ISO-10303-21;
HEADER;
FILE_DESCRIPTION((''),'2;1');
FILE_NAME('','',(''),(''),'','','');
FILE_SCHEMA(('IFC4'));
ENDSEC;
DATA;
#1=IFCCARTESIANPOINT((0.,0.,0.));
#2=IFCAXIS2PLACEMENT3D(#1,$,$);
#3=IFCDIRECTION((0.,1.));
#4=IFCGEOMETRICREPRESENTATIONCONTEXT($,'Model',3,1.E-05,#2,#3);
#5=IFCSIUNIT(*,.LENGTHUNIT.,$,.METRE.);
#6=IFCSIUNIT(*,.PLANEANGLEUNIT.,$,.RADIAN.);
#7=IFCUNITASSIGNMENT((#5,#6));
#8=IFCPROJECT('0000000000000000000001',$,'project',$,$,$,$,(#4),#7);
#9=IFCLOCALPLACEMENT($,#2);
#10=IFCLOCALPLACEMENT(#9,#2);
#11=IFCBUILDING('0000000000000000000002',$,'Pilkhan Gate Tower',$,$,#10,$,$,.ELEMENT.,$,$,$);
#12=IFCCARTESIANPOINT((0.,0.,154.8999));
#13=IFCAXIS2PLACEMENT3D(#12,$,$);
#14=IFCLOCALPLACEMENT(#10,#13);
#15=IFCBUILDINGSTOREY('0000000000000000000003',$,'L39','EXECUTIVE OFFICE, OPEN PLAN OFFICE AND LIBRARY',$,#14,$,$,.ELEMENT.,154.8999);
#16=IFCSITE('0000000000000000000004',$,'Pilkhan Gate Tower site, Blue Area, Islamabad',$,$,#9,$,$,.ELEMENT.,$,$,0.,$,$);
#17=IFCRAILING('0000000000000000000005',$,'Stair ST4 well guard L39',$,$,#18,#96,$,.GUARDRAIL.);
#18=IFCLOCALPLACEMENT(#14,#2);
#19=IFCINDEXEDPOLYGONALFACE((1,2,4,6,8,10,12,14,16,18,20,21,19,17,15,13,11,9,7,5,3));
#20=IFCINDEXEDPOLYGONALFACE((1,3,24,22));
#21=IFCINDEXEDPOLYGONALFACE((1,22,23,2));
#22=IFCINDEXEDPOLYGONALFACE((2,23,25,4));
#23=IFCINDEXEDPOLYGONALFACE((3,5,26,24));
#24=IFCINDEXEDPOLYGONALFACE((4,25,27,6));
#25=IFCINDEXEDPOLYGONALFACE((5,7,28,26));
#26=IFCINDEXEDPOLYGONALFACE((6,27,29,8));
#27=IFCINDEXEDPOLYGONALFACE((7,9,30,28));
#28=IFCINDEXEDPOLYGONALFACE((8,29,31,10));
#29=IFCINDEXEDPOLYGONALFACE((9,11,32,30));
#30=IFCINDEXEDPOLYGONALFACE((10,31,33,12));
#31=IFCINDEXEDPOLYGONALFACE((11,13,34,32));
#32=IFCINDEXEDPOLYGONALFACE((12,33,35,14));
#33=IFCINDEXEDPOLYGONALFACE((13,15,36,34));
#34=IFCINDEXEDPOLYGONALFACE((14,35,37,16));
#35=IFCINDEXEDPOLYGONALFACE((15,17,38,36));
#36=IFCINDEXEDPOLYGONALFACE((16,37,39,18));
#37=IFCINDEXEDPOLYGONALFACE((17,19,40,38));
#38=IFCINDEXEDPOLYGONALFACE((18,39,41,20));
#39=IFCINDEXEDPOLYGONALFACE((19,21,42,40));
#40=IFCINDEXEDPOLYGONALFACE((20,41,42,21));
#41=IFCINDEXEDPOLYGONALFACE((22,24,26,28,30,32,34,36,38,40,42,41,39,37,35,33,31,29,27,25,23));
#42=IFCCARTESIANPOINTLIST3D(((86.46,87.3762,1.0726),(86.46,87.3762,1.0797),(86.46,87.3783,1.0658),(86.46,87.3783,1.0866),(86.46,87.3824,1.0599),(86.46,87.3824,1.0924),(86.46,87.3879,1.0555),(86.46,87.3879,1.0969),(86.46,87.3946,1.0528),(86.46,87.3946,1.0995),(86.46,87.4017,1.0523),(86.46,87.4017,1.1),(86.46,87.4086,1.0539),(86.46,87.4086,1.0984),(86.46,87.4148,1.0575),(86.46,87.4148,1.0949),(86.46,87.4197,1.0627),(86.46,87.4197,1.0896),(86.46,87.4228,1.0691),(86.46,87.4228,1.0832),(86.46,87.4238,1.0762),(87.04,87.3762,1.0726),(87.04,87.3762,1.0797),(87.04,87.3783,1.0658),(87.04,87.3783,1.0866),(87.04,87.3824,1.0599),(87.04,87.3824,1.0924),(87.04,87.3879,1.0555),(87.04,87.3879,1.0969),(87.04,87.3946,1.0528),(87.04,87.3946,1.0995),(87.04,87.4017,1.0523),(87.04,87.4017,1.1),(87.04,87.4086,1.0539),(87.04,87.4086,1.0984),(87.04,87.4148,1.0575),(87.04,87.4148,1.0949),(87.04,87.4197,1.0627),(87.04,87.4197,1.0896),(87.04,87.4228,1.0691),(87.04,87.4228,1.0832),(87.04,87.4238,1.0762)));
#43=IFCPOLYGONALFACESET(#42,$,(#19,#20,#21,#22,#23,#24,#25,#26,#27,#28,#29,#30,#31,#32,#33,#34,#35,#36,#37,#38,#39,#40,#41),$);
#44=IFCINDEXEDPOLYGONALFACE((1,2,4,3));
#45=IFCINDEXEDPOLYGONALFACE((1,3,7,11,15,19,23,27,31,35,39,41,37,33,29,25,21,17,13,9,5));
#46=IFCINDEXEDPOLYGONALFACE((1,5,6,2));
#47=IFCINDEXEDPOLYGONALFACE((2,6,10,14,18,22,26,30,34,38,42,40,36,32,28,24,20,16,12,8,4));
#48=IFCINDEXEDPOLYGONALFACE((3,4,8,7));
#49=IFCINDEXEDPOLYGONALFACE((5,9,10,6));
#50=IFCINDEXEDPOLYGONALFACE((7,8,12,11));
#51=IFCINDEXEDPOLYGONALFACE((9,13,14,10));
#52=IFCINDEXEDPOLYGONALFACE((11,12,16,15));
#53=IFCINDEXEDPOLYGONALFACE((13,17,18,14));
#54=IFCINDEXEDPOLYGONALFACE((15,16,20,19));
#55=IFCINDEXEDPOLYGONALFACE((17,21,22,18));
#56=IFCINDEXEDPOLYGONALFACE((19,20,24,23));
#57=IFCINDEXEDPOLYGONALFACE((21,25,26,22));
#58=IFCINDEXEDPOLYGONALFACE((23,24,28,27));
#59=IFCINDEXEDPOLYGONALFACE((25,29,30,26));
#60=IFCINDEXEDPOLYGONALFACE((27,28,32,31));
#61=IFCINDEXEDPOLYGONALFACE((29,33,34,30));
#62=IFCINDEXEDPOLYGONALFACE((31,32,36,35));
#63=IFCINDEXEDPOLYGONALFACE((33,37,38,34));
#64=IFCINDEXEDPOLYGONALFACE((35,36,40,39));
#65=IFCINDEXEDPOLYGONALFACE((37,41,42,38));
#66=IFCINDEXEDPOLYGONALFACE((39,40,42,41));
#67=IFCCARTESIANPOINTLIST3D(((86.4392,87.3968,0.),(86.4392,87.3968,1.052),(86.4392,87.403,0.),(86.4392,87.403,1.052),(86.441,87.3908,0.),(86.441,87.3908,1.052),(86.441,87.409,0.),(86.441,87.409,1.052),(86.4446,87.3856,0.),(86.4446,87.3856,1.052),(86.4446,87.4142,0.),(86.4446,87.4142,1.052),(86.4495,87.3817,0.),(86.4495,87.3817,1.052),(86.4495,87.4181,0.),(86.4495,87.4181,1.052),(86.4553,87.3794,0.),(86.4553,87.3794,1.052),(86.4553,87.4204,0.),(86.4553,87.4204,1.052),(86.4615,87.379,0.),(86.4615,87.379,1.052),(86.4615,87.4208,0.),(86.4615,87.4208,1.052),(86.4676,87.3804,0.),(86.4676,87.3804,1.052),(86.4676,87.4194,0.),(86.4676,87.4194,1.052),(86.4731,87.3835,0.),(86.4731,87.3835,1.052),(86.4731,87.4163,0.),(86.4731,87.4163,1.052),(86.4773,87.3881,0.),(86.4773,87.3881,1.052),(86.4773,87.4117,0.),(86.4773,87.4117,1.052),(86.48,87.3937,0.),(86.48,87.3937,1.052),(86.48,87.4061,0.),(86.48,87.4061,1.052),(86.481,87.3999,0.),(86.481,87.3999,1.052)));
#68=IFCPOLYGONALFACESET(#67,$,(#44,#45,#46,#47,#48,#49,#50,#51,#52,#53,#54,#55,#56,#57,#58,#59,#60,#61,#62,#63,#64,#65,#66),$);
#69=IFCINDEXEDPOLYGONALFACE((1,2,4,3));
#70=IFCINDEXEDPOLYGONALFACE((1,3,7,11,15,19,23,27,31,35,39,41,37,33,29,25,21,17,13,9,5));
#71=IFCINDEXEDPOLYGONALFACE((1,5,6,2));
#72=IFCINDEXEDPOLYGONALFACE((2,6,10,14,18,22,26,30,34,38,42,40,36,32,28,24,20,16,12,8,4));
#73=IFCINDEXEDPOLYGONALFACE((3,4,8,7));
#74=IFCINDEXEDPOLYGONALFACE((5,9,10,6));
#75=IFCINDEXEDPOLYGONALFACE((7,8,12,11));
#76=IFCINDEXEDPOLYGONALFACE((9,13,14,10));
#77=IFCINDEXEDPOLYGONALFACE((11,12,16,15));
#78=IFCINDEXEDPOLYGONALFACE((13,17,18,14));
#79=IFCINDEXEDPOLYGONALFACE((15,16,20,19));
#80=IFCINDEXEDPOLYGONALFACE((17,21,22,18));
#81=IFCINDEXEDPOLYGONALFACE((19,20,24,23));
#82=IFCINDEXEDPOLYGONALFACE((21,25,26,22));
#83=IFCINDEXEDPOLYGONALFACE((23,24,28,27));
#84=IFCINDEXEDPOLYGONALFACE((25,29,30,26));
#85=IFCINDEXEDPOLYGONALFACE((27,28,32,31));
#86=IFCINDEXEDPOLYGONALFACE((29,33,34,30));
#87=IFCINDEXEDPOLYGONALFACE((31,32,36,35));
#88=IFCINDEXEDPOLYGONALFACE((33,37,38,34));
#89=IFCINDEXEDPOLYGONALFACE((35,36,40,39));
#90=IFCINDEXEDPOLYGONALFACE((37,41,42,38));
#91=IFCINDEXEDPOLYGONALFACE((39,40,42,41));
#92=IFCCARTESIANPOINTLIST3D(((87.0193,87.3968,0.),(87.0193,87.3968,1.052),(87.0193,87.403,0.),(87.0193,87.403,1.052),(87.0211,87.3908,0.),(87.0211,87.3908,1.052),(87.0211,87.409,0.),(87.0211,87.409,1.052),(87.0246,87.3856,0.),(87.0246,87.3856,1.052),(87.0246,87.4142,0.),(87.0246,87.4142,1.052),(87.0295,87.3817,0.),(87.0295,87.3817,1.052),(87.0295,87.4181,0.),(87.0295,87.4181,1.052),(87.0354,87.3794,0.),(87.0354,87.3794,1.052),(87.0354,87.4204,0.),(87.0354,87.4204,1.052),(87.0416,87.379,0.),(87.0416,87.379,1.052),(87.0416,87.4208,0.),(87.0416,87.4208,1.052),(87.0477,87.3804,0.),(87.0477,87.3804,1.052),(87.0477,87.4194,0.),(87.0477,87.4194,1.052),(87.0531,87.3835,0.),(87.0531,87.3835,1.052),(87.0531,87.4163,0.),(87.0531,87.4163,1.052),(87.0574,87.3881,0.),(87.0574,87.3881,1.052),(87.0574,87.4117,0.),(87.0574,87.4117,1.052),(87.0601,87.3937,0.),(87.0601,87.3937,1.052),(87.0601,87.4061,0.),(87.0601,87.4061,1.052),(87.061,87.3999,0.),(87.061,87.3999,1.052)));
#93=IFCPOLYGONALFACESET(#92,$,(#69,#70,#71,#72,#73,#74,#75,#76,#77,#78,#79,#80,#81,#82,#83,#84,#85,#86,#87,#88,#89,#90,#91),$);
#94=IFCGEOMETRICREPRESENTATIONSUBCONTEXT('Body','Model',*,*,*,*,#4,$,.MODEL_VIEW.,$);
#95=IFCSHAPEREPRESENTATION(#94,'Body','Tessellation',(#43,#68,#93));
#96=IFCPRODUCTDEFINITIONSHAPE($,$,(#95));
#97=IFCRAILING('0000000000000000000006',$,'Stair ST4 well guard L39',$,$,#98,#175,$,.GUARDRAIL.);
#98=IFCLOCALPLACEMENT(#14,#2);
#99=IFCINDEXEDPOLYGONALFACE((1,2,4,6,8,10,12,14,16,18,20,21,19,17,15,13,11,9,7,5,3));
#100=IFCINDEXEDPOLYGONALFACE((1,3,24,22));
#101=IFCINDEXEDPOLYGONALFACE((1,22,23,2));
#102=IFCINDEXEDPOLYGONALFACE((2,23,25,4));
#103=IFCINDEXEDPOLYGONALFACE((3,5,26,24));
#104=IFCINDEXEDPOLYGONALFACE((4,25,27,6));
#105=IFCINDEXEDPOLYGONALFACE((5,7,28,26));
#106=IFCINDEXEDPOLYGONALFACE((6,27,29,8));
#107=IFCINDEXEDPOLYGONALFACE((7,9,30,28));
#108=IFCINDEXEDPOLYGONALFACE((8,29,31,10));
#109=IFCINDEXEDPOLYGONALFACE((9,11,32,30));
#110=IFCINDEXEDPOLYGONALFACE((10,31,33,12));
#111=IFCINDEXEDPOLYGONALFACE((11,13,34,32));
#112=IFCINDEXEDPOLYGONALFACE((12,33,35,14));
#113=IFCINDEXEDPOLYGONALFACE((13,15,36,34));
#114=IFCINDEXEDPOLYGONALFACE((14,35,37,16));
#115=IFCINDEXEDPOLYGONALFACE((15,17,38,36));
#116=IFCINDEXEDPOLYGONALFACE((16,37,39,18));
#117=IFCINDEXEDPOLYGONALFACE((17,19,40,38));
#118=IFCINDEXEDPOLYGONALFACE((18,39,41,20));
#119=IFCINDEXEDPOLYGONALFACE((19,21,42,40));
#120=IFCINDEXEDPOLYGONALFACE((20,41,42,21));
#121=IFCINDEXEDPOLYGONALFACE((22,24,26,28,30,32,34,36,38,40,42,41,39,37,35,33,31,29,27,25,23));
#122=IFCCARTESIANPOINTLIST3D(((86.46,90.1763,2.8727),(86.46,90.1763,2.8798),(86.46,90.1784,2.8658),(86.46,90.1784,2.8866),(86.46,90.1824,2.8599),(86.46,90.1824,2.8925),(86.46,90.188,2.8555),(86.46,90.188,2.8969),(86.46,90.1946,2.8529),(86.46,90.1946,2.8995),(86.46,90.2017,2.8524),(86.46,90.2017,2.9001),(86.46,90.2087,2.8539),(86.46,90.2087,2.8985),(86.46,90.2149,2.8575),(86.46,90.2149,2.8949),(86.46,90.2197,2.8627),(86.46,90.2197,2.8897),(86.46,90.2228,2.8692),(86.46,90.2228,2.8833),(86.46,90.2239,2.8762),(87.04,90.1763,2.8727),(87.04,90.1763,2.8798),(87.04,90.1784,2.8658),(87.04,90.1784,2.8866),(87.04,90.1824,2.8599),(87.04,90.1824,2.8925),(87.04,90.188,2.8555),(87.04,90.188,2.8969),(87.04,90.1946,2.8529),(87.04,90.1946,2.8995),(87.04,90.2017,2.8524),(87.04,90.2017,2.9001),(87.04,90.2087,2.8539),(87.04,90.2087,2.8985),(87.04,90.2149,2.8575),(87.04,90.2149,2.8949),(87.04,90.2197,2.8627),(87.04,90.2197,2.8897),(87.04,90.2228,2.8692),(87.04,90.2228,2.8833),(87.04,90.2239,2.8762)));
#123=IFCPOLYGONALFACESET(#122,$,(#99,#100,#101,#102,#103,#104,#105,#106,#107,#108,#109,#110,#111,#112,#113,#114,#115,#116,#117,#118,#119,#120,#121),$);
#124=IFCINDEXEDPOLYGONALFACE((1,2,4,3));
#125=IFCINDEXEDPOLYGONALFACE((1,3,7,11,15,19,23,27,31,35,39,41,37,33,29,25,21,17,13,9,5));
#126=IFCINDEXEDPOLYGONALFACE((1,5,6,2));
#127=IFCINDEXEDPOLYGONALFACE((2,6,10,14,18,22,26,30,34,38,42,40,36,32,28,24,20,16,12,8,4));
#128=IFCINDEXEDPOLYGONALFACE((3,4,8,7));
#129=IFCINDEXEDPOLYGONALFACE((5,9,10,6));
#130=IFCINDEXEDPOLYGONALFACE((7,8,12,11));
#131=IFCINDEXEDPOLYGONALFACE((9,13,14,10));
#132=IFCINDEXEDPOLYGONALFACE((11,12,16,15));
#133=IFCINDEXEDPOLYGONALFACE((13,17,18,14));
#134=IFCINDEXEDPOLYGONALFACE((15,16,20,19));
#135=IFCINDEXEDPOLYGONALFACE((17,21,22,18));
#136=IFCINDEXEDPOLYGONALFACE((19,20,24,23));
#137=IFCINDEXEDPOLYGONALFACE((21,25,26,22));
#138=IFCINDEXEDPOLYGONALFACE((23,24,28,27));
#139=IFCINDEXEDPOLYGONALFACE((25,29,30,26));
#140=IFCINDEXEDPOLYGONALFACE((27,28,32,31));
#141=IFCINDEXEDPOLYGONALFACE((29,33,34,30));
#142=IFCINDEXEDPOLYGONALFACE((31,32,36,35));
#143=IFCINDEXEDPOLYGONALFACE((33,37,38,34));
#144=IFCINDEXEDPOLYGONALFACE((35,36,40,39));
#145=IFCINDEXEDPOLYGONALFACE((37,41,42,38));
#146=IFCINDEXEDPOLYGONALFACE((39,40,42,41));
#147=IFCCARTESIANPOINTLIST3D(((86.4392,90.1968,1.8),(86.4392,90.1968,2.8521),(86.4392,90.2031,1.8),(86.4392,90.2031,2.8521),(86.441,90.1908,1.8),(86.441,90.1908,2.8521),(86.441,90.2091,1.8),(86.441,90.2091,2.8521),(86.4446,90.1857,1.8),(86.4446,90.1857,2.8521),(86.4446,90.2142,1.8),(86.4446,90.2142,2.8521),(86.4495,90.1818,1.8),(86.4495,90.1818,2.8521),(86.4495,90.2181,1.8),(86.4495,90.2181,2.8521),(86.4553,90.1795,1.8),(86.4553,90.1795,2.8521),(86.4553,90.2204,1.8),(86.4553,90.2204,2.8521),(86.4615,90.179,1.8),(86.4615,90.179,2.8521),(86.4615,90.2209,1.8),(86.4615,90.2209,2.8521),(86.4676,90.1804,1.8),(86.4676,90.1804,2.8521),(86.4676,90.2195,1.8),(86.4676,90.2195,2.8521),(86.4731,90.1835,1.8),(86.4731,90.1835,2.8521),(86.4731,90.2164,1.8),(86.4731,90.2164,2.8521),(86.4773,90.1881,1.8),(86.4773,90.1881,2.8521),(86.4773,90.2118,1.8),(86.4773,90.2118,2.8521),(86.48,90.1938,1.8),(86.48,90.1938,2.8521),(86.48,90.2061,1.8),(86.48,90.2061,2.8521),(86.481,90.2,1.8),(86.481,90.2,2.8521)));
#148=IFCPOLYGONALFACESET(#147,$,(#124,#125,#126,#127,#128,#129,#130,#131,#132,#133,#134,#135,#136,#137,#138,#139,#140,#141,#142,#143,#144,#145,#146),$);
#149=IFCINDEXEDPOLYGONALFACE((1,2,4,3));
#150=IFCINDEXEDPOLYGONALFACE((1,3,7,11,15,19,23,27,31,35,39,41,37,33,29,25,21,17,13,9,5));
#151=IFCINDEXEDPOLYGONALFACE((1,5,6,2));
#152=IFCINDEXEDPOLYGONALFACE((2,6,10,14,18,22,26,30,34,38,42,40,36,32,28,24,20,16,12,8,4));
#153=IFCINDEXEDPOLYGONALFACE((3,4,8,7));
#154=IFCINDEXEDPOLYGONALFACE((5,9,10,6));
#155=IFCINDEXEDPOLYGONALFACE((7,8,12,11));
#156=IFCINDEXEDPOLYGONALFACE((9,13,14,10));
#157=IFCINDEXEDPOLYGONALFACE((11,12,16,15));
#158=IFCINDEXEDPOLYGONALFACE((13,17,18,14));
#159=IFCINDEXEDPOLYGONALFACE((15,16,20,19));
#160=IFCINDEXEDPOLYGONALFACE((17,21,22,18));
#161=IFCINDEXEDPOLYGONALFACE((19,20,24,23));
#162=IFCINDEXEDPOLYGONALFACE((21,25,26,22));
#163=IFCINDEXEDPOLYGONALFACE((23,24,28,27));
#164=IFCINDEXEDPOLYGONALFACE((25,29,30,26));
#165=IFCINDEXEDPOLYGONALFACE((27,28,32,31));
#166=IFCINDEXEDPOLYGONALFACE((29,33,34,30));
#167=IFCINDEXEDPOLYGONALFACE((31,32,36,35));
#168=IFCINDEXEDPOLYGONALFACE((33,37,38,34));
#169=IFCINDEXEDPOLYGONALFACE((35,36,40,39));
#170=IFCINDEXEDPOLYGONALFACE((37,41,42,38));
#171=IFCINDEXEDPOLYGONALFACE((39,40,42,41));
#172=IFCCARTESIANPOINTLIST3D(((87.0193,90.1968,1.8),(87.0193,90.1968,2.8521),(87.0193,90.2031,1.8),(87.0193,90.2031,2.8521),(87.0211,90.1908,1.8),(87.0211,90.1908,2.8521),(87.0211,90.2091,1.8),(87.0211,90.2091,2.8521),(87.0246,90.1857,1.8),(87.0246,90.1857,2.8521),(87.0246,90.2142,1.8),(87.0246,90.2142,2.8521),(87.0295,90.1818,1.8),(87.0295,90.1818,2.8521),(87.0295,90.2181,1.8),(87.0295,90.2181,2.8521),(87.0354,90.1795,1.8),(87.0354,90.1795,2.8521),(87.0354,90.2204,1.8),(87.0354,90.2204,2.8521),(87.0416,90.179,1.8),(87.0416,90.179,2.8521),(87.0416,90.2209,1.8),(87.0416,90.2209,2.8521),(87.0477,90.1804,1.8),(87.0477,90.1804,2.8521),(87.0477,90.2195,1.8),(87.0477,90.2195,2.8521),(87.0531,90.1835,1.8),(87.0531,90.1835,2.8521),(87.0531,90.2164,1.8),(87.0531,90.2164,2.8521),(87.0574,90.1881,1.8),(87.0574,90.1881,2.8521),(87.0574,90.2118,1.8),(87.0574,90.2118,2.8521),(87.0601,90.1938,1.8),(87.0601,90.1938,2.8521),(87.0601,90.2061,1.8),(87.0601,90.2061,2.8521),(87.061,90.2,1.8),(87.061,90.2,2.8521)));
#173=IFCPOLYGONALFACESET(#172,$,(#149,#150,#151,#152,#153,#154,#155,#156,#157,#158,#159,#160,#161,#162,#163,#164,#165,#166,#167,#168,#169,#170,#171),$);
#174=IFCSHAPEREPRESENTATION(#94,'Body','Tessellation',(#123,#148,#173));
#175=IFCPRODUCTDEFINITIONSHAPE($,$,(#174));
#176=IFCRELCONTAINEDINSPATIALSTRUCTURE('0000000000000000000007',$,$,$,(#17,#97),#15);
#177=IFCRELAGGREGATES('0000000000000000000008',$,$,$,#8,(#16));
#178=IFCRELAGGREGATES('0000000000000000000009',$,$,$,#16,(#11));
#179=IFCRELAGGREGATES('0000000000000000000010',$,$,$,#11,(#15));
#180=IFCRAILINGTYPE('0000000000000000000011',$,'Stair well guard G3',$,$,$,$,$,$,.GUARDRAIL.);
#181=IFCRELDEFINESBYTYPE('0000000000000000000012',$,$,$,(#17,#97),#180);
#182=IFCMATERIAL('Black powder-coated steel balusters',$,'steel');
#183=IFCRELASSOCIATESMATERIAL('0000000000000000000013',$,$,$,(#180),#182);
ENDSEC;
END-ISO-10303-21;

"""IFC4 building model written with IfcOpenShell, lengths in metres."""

from ifc_helpers import new_model, si_unit, direction, frame, origin, origin_2d, place, context, subcontext, project, spatial, circle, extrude, material, type_object, element, save


model = new_model("IFC4")

# Units and contexts
model_context = context("Model", 3, precision=1e-05, world=origin(), true_north=direction((0.0, 1.0)))
body_context = subcontext(model_context, "Body", "Model", "MODEL_VIEW")
ifc_project = project(units=[si_unit("LENGTHUNIT", "METRE"), si_unit("PLANEANGLEUNIT", "RADIAN")], contexts=[model_context])

# Site, building, storey
site_placement = place(None, origin())
site = spatial("IfcSite", under=ifc_project, at=site_placement, Name="Pilkhan Gate Tower site, Blue Area, Islamabad", CompositionType="ELEMENT", RefElevation=0.0)
building_placement = place(site_placement, origin())
building = spatial("IfcBuilding", under=site, at=building_placement, Name="Pilkhan Gate Tower", CompositionType="ELEMENT")
storey_placement = place(building_placement, frame((0.0, 0.0, 154.8999)))
storey = spatial("IfcBuildingStorey", under=building, at=storey_placement, Name="L39", Description="EXECUTIVE OFFICE, OPEN PLAN OFFICE AND LIBRARY", CompositionType="ELEMENT", Elevation=154.8999)

# Railings
ifc_material_1 = material(Name="Black powder-coated steel balusters", Category="steel")
railing_type_1 = type_object("IfcRailingType", Name="Stair well guard G3", PredefinedType="GUARDRAIL", material=ifc_material_1)
for number, where, name in (
    (1, (86.46, 87.3999, 0.0), "Stair ST4 well guard L39"),
    (2, (86.46, 90.2, 1.8), "Stair ST4 well guard L39"),
):
    element("IfcRailing", number, at=place(storey_placement, frame(where)), inside=storey, type_object=railing_type_1, Name=name, PredefinedType="GUARDRAIL", context=body_context, shape_type="SweptSolid", body=[
        extrude(circle(Radius=0.0239, at=origin_2d()), frame((0.0, 0.0, 1.0762), z_axis=(1.0, 0.0, 0.0), x_axis=(0.0, 1.0, 0.0)), (0.0, 0.0, 1.0), 0.5801),
        extrude(circle(Radius=0.021, at=origin_2d()), origin(), (0.0, 0.0, 1.0), 1.052),
        extrude(circle(Radius=0.021, at=origin_2d()), frame((0.5801, 0.0, 0.0)), (0.0, 0.0, 1.0), 1.052),
    ])

save(model, "model.ifc")
